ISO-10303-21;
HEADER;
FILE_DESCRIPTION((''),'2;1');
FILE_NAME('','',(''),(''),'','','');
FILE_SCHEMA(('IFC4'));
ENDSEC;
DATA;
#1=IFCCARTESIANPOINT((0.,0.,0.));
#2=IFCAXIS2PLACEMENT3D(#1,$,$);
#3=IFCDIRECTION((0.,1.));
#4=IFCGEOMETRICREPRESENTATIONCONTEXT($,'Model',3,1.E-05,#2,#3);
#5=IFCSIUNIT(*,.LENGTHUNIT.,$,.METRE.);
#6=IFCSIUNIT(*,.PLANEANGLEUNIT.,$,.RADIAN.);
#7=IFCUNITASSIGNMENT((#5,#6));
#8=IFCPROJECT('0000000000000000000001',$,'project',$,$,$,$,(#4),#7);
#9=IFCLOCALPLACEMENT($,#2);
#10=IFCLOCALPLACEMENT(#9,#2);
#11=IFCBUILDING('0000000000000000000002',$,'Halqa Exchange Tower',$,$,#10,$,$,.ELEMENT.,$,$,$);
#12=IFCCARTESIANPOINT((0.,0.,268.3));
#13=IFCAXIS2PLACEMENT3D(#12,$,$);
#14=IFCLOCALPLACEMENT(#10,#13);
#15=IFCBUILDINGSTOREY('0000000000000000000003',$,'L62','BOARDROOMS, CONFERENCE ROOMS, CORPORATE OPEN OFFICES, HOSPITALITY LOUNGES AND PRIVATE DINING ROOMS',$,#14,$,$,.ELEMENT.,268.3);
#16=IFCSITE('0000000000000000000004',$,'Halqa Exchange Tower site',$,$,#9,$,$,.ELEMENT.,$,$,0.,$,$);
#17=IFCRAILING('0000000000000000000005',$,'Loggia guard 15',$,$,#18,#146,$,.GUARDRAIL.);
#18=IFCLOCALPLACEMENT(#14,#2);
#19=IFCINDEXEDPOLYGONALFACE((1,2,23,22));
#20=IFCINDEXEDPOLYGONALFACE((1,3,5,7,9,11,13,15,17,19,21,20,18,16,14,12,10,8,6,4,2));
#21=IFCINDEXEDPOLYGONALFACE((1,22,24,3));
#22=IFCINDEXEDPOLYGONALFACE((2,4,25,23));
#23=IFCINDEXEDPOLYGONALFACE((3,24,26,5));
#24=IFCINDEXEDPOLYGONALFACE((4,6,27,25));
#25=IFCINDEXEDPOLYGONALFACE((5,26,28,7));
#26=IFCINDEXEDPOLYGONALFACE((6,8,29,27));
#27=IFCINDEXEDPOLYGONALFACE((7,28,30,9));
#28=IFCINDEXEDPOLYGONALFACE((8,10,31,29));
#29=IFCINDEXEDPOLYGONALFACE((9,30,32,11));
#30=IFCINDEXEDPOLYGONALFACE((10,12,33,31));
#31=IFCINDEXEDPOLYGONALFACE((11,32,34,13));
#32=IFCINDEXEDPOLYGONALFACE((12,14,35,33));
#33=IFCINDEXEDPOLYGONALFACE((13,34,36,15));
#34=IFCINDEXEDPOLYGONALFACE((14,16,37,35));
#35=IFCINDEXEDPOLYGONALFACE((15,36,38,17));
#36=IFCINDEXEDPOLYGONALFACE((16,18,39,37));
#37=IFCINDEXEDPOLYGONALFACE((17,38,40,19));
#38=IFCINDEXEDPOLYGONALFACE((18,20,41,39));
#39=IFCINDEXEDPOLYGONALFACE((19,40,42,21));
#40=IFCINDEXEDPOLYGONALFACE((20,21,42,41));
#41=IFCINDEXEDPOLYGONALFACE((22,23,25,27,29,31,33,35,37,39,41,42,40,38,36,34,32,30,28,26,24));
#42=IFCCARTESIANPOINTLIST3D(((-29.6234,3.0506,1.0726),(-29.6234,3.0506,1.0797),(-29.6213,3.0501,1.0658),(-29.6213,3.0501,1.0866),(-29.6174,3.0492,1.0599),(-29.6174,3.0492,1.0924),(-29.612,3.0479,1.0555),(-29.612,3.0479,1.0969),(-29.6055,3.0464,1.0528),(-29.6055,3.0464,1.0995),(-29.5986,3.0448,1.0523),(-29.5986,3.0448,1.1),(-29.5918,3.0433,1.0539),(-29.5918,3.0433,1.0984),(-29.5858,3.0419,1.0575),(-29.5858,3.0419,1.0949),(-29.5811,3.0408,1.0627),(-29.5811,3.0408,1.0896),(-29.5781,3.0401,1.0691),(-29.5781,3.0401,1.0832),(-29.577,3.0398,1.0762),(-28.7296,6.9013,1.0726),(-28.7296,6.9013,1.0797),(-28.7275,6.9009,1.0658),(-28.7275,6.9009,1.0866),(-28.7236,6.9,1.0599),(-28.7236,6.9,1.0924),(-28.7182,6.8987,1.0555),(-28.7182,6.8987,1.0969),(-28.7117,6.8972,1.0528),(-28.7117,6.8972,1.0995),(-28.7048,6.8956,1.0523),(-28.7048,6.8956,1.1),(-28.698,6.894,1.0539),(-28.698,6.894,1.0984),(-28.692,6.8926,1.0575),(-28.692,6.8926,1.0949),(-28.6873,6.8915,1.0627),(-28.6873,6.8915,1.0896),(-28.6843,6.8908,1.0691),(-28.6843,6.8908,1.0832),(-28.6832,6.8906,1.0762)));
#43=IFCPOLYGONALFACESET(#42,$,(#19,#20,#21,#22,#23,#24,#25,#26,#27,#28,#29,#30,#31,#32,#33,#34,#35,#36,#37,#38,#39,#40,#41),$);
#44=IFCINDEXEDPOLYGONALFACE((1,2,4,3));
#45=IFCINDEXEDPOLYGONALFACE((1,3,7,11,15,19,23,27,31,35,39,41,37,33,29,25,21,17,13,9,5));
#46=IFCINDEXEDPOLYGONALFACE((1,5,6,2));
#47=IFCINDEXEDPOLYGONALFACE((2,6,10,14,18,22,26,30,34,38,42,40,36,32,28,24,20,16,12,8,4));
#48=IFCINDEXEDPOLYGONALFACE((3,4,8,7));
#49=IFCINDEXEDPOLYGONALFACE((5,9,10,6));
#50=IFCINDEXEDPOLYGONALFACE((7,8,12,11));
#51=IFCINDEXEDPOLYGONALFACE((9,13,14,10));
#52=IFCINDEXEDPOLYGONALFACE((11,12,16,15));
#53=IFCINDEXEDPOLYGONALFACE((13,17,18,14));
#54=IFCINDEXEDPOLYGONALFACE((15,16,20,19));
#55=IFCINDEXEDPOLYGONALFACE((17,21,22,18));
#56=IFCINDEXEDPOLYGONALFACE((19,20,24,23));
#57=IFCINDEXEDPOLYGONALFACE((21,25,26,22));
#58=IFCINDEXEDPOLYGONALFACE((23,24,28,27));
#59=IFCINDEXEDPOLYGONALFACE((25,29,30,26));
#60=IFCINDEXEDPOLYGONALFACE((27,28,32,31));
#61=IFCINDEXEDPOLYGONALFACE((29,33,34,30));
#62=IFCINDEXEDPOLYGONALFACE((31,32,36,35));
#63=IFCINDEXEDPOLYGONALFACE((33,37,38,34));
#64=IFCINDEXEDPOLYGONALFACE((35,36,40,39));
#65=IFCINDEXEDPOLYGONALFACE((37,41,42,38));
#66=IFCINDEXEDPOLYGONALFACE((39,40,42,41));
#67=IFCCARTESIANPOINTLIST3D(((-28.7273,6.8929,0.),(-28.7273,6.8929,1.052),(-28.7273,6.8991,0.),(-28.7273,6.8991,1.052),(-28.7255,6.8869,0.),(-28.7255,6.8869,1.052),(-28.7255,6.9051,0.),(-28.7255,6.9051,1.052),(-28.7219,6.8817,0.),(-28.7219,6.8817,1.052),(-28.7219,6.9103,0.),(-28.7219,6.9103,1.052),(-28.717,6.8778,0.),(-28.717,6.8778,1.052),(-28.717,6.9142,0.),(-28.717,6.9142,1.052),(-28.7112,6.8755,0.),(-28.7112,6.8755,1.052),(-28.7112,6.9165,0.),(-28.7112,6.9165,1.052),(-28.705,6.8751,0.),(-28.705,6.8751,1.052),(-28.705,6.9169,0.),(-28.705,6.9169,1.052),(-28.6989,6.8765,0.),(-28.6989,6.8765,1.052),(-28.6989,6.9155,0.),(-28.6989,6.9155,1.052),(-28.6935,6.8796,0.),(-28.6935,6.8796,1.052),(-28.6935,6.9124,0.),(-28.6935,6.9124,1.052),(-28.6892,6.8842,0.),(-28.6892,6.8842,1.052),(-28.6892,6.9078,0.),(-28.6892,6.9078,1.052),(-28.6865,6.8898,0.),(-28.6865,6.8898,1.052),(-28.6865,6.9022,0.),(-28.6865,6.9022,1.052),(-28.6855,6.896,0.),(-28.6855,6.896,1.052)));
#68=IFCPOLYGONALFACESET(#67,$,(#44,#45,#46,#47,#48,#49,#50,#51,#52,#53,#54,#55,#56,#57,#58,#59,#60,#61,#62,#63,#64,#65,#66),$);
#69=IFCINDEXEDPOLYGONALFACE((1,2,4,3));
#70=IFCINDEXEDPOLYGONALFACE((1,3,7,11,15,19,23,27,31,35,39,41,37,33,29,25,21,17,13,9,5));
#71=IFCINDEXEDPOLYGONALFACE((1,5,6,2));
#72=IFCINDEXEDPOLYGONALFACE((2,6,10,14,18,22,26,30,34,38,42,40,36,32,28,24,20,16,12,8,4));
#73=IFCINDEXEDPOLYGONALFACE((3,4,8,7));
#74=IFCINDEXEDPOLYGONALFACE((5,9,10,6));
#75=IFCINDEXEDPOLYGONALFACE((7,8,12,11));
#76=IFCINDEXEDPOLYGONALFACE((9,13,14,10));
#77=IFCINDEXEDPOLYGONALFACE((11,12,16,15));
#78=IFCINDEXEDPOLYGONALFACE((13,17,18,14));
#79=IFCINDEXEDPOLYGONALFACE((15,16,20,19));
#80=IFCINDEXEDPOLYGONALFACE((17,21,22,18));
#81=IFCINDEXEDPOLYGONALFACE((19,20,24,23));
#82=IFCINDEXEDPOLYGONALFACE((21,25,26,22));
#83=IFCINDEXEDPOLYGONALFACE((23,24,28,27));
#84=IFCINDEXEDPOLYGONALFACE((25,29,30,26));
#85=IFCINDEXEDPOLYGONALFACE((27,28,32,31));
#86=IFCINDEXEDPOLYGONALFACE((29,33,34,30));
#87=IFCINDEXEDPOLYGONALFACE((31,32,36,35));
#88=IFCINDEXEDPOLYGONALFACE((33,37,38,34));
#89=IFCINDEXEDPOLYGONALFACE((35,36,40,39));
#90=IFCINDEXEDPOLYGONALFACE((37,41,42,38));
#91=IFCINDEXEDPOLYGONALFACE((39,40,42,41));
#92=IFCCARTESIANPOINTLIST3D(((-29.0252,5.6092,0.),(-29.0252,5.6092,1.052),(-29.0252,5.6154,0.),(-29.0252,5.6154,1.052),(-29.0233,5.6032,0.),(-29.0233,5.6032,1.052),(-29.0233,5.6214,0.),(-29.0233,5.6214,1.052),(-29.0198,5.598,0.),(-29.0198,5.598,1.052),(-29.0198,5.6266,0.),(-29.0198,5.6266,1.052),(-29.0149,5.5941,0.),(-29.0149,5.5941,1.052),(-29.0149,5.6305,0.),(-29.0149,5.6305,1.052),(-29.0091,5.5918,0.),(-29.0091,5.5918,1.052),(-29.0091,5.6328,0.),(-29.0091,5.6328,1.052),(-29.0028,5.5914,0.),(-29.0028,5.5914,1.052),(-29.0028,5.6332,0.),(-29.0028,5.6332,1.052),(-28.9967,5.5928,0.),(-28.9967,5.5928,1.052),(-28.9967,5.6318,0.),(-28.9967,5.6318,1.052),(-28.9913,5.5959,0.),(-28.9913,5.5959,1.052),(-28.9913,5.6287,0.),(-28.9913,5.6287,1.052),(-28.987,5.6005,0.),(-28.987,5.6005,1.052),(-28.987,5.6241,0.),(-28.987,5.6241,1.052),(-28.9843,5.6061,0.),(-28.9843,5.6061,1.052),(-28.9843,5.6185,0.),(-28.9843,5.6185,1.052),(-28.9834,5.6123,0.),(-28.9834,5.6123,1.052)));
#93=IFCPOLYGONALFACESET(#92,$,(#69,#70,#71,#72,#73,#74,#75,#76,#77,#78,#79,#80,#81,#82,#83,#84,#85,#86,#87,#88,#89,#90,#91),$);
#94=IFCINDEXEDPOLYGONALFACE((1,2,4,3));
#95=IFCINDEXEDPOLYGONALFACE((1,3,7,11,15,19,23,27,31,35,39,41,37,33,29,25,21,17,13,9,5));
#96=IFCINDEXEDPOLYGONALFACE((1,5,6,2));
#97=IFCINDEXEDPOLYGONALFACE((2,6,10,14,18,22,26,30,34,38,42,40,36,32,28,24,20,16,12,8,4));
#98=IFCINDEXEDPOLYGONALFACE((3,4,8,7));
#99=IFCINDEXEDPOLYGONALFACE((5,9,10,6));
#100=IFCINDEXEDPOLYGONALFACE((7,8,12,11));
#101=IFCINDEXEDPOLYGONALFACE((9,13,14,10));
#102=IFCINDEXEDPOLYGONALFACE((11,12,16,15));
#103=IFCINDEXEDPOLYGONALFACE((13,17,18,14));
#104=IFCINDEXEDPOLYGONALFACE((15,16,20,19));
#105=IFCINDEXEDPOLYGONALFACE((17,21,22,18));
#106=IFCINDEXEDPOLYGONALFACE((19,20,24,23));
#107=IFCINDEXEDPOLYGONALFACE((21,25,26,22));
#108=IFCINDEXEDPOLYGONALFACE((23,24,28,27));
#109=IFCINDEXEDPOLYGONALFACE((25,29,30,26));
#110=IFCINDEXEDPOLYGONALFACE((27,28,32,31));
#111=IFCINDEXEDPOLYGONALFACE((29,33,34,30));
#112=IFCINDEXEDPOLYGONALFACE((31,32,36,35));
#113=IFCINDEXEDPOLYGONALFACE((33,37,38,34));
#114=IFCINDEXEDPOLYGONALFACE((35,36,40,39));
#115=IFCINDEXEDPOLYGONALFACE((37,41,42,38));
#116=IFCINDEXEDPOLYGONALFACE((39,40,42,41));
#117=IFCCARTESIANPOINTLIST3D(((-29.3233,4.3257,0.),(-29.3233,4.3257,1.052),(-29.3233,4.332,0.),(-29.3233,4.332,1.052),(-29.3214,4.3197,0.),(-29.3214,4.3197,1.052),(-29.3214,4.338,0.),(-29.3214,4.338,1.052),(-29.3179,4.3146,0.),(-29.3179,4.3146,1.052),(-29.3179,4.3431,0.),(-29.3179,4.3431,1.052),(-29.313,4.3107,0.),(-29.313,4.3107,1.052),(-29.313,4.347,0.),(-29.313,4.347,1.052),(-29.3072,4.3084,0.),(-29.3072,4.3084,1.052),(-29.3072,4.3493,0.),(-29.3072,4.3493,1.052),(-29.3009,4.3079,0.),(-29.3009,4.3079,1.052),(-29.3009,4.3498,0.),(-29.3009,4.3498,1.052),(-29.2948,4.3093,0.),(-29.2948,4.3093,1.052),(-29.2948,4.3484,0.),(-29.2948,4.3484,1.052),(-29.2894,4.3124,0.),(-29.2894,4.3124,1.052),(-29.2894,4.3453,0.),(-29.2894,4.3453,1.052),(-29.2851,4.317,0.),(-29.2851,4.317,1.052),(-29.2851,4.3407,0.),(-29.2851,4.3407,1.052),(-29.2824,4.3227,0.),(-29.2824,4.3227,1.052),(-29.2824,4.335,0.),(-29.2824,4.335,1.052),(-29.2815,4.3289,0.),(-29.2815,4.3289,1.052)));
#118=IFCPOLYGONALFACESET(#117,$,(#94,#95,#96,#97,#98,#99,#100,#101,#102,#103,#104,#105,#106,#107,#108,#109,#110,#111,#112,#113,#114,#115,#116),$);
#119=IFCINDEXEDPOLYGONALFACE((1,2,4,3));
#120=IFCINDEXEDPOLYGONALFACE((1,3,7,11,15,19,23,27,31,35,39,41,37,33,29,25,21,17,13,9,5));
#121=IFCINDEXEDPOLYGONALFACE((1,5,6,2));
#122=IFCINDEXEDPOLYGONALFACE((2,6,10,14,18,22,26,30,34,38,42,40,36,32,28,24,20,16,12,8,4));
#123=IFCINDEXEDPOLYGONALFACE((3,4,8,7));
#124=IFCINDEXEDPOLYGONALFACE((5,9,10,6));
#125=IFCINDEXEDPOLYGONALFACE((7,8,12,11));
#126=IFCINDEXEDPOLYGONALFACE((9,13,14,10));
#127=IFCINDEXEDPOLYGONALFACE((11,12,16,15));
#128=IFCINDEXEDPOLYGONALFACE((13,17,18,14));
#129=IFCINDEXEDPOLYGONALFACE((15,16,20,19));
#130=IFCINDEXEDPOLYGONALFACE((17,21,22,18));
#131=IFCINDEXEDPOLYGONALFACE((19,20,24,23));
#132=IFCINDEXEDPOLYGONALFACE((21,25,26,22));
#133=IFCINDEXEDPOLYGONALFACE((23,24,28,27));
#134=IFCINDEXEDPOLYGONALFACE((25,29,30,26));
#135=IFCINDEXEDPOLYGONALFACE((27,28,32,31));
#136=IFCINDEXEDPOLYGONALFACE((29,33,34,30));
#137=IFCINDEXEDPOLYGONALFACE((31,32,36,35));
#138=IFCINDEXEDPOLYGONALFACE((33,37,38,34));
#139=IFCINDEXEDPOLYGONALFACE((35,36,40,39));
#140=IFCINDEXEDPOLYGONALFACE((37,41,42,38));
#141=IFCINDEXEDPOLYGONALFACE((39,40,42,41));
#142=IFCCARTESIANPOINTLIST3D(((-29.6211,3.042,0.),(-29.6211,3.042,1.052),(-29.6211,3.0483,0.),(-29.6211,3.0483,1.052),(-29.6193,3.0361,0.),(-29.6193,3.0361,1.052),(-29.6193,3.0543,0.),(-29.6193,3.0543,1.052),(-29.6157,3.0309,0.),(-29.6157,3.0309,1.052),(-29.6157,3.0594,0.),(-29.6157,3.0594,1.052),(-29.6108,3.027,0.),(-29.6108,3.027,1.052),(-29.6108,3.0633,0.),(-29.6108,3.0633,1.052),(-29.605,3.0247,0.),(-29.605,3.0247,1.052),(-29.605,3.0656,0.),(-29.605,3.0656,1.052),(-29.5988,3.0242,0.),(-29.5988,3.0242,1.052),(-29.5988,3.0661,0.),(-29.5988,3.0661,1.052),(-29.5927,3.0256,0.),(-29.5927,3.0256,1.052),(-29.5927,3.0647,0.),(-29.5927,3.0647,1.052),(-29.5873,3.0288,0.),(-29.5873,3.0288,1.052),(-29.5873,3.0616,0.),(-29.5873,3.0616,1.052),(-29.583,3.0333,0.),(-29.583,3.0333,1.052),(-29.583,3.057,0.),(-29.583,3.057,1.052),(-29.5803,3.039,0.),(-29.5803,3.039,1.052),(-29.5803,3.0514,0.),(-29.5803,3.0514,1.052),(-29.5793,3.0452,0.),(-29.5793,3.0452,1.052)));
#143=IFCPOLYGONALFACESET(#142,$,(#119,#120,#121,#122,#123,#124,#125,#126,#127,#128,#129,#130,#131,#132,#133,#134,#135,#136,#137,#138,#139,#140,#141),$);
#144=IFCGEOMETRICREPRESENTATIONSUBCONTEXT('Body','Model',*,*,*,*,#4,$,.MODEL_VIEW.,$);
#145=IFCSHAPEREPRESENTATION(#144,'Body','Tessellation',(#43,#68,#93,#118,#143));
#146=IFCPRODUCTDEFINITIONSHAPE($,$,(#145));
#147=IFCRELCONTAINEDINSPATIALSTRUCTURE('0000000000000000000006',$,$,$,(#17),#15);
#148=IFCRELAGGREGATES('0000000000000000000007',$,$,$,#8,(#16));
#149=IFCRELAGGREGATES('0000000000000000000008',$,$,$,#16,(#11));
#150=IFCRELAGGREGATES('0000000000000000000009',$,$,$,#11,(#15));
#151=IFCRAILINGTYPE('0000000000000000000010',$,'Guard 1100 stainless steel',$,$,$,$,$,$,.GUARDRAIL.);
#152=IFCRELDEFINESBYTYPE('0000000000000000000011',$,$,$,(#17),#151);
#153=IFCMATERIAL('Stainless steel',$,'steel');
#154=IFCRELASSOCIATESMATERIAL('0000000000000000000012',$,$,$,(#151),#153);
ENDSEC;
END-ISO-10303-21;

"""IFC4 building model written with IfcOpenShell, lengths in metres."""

from ifc_helpers import new_model, si_unit, direction, frame, origin, origin_2d, place, context, subcontext, project, spatial, circle, extrude, material, type_object, element, save


model = new_model("IFC4")

# Units and contexts
model_context = context("Model", 3, precision=1e-05, world=origin(), true_north=direction((0.0, 1.0)))
body_context = subcontext(model_context, "Body", "Model", "MODEL_VIEW")
ifc_project = project(units=[si_unit("LENGTHUNIT", "METRE"), si_unit("PLANEANGLEUNIT", "RADIAN")], contexts=[model_context])

# Site, building, storey
site_placement = place(None, origin())
site = spatial("IfcSite", under=ifc_project, at=site_placement, Name="Halqa Exchange Tower site", CompositionType="ELEMENT", RefElevation=0.0)
building_placement = place(site_placement, origin())
building = spatial("IfcBuilding", under=site, at=building_placement, Name="Halqa Exchange Tower", CompositionType="ELEMENT")
storey_placement = place(building_placement, frame((0.0, 0.0, 268.3)))
storey = spatial("IfcBuildingStorey", under=building, at=storey_placement, Name="L62", Description="BOARDROOMS, CONFERENCE ROOMS, CORPORATE OPEN OFFICES, HOSPITALITY LOUNGES AND PRIVATE DINING ROOMS", CompositionType="ELEMENT", Elevation=268.3)

# Railing
ifc_material_1 = material(Name="Stainless steel", Category="steel")
railing_type = type_object("IfcRailingType", Name="Guard 1100 stainless steel", PredefinedType="GUARDRAIL", material=ifc_material_1)
railing_1_placement = place(storey_placement, frame((-28.7065, 6.896, 0.0)))
element("IfcRailing", 1, at=railing_1_placement, inside=storey, type_object=railing_type, Name="Loggia guard 15", PredefinedType="GUARDRAIL", context=body_context, shape_type="SweptSolid", body=[
    extrude(circle(Radius=0.0239, at=origin_2d()), frame((0.0, 0.0, 1.0762), z_axis=(-0.226095, -0.974105, 0.0), x_axis=(0.974105, -0.226095, 0.0)), (0.0, 0.0, 1.0), 3.9531),
    extrude(circle(Radius=0.021, at=origin_2d()), origin(), (0.0, 0.0, 1.0), 1.052),
    extrude(circle(Radius=0.021, at=origin_2d()), frame((-0.2979, -1.2837, 0.0)), (0.0, 0.0, 1.0), 1.052),
    extrude(circle(Radius=0.021, at=origin_2d()), frame((-0.5959, -2.5671, 0.0)), (0.0, 0.0, 1.0), 1.052),
    extrude(circle(Radius=0.021, at=origin_2d()), frame((-0.8938, -3.8508, 0.0)), (0.0, 0.0, 1.0), 1.052),
])

save(model, "model.ifc")
